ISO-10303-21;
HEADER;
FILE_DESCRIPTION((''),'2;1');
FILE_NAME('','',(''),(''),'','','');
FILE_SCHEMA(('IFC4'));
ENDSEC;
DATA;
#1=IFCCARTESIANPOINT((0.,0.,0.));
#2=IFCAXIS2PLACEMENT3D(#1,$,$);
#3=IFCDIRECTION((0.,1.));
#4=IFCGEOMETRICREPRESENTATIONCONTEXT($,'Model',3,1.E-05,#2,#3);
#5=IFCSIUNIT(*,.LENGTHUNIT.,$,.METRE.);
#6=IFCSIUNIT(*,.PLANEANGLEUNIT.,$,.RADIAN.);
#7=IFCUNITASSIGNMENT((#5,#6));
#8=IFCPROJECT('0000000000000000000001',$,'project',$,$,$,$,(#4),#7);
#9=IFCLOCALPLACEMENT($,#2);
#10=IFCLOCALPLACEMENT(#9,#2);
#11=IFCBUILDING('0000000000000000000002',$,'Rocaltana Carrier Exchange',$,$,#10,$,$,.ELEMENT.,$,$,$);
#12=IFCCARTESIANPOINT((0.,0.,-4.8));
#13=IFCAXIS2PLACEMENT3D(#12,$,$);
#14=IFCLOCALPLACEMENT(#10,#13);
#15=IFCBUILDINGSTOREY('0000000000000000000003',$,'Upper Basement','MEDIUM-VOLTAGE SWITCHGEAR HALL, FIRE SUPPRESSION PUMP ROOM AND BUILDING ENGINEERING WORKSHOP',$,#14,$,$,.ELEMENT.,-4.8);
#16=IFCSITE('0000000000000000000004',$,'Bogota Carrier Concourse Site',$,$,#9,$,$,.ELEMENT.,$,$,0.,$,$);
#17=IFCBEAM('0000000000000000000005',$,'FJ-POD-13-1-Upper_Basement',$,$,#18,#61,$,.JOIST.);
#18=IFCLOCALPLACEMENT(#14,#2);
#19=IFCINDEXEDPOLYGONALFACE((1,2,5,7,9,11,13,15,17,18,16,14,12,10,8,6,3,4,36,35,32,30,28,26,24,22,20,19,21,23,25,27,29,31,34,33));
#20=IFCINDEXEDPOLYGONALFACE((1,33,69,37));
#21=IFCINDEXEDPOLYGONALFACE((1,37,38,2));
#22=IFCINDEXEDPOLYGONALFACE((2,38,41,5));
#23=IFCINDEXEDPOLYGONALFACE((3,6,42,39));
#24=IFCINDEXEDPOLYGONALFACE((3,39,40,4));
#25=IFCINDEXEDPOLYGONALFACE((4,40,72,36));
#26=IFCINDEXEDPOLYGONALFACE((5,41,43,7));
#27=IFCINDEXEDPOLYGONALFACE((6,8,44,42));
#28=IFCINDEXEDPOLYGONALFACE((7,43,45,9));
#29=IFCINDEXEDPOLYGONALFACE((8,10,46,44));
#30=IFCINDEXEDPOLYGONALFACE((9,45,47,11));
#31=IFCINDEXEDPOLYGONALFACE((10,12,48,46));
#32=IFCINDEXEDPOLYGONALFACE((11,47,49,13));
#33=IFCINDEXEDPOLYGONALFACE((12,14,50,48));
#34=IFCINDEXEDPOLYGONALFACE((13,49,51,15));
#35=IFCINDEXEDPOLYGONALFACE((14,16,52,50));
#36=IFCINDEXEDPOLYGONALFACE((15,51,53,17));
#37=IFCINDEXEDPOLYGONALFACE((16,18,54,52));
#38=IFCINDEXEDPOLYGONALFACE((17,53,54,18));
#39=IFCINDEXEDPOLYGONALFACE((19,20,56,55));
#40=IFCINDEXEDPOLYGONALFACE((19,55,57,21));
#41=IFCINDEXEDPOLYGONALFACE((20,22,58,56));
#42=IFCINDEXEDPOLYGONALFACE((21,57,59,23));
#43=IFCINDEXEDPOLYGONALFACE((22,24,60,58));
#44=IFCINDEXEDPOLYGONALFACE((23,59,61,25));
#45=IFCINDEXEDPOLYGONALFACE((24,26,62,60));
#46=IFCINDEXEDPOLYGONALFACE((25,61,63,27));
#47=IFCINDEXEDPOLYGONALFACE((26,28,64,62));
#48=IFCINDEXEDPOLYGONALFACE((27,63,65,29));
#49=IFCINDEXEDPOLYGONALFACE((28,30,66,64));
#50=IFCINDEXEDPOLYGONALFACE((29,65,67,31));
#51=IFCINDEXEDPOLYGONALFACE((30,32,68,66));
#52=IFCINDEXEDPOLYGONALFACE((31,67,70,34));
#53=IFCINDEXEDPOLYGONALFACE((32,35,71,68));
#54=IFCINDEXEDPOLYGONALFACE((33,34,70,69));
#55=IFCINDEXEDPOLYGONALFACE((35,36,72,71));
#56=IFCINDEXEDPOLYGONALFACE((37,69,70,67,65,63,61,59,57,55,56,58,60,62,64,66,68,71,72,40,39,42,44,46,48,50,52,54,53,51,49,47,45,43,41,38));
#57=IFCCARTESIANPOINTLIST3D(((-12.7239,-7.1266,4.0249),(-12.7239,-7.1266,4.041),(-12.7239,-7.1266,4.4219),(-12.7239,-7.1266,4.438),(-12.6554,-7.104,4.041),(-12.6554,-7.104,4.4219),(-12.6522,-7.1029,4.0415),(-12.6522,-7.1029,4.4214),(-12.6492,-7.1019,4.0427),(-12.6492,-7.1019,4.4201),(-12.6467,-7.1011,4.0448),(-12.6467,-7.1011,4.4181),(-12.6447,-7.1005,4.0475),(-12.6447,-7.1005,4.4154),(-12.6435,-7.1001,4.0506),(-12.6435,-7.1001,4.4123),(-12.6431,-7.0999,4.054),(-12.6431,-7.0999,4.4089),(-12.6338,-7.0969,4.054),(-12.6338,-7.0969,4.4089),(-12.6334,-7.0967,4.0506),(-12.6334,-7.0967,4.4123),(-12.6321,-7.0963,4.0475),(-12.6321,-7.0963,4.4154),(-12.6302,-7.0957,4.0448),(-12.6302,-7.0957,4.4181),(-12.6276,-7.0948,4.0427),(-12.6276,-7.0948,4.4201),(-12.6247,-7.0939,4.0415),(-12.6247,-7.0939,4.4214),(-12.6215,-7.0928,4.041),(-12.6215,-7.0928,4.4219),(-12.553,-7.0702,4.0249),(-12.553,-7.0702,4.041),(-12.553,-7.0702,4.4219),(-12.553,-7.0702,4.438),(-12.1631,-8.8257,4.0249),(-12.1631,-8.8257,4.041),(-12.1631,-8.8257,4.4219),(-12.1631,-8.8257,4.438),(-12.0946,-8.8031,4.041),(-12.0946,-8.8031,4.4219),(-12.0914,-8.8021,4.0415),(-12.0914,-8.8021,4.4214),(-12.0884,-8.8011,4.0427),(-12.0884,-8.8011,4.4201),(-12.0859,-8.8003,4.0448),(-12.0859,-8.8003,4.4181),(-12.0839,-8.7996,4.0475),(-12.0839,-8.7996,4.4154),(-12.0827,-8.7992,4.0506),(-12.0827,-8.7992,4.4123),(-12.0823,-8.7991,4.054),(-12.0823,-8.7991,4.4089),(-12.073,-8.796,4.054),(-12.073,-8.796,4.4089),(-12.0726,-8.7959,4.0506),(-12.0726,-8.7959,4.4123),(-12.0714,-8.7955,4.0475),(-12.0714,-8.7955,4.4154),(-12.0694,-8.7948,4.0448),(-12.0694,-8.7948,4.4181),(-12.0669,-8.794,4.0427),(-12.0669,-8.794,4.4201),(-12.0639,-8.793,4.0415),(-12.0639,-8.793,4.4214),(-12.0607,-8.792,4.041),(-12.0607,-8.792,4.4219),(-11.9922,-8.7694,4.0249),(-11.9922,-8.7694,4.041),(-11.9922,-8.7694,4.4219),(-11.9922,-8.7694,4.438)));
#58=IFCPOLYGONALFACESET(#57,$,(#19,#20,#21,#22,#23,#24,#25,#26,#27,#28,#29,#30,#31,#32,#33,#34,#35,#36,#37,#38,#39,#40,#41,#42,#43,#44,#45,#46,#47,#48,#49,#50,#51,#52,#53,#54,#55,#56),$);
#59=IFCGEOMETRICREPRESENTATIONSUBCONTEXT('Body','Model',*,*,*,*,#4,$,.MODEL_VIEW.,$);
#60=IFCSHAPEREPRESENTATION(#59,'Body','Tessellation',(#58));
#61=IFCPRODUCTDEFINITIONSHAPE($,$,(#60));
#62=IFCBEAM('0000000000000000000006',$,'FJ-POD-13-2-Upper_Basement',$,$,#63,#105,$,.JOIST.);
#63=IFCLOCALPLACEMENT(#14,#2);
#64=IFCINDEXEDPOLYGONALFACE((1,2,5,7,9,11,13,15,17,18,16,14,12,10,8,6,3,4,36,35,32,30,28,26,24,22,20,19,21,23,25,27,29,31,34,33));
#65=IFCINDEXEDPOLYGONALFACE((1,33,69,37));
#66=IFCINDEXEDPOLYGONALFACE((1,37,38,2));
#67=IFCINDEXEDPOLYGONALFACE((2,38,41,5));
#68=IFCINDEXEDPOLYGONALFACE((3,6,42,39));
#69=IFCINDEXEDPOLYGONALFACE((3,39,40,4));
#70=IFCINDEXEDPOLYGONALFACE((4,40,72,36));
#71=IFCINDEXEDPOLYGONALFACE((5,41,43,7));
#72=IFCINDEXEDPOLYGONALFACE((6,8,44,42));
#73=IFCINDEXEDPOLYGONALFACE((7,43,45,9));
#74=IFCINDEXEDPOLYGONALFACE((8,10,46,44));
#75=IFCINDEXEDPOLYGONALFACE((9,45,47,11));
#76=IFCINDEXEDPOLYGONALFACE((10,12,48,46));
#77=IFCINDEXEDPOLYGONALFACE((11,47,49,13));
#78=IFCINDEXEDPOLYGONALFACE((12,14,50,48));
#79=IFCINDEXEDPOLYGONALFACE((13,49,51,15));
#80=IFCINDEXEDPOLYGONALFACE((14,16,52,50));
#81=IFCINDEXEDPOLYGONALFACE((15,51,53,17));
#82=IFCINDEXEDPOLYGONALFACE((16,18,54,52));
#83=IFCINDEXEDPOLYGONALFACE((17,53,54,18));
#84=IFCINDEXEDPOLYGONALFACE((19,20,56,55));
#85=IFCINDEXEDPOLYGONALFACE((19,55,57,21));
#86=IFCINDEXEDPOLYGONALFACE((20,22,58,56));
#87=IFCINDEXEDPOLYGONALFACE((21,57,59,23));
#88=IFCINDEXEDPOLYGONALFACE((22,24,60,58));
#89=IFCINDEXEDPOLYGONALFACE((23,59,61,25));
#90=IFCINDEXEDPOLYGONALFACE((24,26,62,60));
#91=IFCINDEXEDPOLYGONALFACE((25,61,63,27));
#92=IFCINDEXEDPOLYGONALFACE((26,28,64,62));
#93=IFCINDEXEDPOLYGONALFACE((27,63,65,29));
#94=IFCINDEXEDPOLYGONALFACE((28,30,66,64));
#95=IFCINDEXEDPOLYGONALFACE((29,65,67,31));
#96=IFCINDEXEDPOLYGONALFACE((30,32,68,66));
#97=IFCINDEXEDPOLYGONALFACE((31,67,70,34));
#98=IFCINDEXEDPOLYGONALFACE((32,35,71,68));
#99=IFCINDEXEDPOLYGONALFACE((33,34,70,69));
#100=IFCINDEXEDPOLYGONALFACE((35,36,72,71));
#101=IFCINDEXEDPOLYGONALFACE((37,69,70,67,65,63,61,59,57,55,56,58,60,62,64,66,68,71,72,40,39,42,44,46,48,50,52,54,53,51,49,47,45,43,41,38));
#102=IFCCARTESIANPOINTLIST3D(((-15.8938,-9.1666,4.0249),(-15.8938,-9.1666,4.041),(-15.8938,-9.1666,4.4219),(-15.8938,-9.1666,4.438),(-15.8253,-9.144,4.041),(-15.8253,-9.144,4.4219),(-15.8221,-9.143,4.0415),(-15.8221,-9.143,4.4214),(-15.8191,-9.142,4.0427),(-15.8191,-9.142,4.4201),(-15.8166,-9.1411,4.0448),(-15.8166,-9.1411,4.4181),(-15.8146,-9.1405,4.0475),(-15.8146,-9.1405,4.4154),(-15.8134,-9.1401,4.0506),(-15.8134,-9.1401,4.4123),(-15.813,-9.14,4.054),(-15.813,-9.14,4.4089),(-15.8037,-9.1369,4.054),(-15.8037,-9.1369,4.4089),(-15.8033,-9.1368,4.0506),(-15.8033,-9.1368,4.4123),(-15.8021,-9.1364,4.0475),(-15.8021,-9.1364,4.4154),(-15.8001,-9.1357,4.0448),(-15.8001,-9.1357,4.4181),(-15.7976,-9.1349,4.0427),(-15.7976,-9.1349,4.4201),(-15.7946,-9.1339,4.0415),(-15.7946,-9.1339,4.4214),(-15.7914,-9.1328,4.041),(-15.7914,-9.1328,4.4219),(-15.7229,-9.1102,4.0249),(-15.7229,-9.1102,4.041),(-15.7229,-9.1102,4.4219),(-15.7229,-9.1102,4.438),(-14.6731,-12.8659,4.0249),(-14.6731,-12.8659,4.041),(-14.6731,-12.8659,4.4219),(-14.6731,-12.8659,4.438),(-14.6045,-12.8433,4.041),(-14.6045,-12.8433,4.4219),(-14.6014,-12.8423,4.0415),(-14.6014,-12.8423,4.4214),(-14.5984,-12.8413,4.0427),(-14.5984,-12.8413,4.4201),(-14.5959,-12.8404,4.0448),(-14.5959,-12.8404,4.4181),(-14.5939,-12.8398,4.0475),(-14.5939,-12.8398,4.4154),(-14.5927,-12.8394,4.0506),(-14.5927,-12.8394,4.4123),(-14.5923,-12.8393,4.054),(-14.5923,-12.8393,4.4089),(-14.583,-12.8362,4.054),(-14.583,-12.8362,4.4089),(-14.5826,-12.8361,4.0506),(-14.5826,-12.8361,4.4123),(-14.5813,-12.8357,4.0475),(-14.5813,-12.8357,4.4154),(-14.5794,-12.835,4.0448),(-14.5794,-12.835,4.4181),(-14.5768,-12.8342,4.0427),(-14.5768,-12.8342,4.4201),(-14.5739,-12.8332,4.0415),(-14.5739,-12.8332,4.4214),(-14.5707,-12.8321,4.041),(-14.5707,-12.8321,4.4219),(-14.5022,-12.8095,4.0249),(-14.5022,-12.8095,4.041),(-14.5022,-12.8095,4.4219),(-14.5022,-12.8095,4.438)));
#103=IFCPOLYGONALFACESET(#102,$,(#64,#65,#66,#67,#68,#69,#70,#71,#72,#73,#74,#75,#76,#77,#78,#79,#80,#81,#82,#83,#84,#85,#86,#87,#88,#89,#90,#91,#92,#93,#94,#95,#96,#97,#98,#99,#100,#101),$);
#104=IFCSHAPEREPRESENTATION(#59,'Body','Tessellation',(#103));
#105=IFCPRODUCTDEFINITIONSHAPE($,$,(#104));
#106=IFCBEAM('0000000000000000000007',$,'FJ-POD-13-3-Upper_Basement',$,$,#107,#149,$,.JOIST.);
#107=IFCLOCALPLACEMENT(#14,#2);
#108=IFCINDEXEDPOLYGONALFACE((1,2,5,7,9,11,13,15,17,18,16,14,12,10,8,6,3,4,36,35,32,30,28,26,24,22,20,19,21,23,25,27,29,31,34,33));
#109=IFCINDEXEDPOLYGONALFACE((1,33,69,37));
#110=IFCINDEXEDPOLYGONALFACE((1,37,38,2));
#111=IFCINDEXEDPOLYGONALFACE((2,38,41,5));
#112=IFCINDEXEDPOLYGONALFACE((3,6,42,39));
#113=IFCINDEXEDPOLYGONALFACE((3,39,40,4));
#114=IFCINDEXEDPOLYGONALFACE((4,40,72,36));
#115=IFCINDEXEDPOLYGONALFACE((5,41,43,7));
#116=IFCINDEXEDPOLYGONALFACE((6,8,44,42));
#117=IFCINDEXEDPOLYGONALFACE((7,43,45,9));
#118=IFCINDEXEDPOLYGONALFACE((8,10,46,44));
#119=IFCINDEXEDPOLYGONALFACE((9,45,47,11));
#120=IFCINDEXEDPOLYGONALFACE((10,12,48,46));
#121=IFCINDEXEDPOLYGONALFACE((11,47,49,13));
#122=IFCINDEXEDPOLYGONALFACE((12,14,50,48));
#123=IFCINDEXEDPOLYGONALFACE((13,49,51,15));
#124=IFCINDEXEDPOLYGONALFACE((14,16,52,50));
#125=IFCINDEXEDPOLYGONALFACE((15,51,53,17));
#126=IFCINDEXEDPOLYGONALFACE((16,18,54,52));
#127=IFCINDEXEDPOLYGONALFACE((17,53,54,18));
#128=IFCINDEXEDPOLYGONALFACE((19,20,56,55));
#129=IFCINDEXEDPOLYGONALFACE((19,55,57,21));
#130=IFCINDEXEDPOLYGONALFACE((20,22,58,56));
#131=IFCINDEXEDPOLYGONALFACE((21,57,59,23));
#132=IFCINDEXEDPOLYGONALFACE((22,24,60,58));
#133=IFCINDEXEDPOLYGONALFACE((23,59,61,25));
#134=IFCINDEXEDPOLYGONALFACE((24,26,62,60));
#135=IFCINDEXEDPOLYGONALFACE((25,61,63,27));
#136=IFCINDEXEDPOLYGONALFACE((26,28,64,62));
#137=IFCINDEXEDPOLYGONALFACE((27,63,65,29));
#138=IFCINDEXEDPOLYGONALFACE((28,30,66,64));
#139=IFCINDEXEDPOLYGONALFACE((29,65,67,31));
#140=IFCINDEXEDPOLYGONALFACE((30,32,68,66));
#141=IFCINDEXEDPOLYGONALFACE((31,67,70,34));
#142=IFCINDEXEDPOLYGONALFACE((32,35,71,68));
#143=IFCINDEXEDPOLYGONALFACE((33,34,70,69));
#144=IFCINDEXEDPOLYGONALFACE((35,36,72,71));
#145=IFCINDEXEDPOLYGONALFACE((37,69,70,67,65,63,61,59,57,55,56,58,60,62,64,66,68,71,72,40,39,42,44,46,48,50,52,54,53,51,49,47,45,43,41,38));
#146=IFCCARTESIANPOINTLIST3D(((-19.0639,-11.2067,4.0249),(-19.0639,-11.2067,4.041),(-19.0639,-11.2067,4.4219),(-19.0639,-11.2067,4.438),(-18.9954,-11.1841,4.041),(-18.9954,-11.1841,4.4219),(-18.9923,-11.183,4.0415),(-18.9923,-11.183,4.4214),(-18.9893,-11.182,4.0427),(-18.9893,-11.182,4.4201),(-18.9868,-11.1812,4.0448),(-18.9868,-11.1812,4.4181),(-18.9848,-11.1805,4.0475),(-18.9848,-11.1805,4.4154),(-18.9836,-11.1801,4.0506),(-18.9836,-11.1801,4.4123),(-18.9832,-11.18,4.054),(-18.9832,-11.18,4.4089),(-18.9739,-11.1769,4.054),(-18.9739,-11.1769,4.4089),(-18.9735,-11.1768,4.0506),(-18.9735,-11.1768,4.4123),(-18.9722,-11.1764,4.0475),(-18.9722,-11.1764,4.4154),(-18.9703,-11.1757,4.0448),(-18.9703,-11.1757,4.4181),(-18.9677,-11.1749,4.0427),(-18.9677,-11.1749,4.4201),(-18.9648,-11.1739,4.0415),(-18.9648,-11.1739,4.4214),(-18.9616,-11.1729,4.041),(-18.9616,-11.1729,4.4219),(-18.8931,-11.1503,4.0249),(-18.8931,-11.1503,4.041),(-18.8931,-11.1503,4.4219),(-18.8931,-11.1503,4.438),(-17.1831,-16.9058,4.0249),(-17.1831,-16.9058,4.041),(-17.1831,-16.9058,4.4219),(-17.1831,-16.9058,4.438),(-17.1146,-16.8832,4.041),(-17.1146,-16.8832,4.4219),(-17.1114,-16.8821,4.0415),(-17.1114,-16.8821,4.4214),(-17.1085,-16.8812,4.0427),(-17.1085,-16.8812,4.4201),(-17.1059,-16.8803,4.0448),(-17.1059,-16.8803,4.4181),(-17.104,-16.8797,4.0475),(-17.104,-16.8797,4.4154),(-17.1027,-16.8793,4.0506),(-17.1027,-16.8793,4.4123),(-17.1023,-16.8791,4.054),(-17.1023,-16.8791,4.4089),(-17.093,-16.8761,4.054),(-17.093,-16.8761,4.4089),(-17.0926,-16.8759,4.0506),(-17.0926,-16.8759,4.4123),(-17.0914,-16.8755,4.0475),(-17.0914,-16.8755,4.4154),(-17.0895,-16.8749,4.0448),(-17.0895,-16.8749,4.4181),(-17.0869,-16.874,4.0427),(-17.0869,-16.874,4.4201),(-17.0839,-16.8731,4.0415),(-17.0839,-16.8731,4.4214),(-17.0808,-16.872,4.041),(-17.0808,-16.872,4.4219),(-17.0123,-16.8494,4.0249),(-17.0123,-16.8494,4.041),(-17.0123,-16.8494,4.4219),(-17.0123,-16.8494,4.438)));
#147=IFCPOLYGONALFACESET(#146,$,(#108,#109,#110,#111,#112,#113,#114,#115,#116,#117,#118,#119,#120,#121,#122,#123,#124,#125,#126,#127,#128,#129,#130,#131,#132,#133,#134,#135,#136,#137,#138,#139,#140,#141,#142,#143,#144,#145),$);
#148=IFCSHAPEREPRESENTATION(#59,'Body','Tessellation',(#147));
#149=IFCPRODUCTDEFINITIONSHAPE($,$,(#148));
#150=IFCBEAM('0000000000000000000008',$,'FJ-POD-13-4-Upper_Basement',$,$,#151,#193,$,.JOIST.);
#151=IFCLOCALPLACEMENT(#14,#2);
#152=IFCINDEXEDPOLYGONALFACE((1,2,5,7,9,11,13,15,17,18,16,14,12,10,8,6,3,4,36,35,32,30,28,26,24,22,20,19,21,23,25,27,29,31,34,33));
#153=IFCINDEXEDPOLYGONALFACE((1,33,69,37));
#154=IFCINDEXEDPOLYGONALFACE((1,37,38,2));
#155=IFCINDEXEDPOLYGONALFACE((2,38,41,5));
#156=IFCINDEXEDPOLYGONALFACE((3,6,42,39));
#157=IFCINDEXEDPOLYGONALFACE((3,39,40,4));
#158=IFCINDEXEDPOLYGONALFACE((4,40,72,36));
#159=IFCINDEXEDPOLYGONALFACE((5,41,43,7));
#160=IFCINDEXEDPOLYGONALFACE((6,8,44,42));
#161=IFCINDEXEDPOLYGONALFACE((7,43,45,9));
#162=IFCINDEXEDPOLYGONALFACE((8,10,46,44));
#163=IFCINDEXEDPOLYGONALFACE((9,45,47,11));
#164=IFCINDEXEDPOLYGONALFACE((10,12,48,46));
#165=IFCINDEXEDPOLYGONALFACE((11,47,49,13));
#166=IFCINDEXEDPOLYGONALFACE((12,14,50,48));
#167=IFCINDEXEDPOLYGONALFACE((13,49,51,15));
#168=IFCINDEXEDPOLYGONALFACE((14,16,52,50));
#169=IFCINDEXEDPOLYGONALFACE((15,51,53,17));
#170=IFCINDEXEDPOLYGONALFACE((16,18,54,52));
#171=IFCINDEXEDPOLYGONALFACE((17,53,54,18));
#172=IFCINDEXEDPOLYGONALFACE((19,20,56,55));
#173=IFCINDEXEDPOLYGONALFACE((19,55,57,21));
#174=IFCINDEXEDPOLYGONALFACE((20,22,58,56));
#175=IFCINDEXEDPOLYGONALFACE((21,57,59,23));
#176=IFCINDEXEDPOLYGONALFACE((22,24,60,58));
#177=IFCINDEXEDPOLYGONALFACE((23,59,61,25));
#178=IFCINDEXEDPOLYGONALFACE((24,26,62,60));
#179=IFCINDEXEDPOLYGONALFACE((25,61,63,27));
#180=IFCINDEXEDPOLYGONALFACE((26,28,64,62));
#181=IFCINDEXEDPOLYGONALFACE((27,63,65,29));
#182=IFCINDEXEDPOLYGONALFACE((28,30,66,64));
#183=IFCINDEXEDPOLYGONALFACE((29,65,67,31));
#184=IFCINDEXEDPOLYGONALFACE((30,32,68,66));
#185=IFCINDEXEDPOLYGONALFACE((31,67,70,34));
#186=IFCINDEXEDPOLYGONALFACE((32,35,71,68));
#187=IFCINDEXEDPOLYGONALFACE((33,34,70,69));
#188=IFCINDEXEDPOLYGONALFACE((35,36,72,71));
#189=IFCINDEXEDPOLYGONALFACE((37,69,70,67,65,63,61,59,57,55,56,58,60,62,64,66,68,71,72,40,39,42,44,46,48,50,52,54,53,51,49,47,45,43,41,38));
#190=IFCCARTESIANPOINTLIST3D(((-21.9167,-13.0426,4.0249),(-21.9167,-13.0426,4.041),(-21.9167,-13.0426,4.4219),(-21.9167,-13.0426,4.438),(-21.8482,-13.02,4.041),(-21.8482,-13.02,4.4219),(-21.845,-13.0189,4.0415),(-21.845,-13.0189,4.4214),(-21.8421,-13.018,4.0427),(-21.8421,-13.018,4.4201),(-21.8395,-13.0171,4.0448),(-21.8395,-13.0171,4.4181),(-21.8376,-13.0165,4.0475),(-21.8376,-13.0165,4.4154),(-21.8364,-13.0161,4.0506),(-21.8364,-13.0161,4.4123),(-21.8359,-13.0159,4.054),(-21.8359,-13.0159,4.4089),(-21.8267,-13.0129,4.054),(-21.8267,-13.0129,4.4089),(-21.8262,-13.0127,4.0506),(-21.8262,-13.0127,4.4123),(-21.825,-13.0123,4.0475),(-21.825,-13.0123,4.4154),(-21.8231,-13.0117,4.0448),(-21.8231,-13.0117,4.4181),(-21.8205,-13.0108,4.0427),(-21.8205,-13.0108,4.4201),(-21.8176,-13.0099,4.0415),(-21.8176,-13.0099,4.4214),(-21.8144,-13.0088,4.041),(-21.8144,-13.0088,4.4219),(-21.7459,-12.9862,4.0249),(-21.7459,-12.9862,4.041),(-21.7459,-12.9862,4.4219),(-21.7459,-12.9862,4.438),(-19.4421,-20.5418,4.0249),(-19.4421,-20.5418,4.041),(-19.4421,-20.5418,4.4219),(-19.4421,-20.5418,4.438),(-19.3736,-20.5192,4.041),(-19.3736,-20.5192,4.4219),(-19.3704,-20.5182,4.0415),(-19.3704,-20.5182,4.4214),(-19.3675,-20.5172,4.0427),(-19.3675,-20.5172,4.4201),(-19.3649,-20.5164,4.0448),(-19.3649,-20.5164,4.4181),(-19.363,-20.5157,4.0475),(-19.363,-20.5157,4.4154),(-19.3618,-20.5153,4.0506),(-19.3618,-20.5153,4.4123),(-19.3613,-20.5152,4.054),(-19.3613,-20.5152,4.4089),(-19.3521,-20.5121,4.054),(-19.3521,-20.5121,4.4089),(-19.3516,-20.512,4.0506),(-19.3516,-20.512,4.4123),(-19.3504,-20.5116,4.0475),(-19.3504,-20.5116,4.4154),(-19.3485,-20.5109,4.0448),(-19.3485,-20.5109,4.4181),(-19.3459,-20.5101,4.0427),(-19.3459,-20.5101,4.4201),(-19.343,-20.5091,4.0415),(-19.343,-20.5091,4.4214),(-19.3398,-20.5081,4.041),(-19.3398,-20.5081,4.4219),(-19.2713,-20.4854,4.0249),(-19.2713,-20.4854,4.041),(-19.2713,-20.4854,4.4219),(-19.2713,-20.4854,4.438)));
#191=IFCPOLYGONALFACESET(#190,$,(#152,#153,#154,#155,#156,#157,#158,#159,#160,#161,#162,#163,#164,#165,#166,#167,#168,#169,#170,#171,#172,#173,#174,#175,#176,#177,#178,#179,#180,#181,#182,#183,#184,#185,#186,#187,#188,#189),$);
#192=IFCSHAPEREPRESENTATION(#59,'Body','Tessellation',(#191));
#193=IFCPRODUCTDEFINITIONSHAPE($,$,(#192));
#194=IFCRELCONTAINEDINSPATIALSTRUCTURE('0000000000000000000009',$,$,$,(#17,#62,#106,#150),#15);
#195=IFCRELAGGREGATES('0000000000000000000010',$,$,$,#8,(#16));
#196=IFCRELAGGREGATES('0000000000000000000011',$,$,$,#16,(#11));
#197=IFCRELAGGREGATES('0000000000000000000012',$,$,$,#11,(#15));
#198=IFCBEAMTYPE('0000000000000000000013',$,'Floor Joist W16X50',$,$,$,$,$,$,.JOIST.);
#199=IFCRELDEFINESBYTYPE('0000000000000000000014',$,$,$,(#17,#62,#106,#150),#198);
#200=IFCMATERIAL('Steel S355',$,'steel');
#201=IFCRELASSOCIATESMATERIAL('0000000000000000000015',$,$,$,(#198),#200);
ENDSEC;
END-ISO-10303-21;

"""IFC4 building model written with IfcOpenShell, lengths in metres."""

from ifc_helpers import new_model, si_unit, direction, frame, origin, origin_2d, place, context, subcontext, project, spatial, i_section, extrude, material, material_profile, profile_set, type_object, element, save


model = new_model("IFC4")

# Units and contexts
model_context = context("Model", 3, precision=1e-05, world=origin(), true_north=direction((0.0, 1.0)))
body_context = subcontext(model_context, "Body", "Model", "MODEL_VIEW")
ifc_project = project(units=[si_unit("LENGTHUNIT", "METRE"), si_unit("PLANEANGLEUNIT", "RADIAN")], contexts=[model_context])

# Site, building, storey
site_placement = place(None, origin())
site = spatial("IfcSite", under=ifc_project, at=site_placement, Name="Bogota Carrier Concourse Site", CompositionType="ELEMENT", RefElevation=0.0)
building_placement = place(site_placement, origin())
building = spatial("IfcBuilding", under=site, at=building_placement, Name="Rocaltana Carrier Exchange", CompositionType="ELEMENT")
storey_placement = place(building_placement, frame((0.0, 0.0, -4.8)))
storey = spatial("IfcBuildingStorey", under=building, at=storey_placement, Name="Upper Basement", Description="MEDIUM-VOLTAGE SWITCHGEAR HALL, FIRE SUPPRESSION PUMP ROOM AND BUILDING ENGINEERING WORKSHOP", CompositionType="ELEMENT", Elevation=-4.8)

# Beams
ifc_material_1 = material(Name="Steel S355", Category="steel")
ifc_material_profile_1 = material_profile(ifc_material_1, i_section(OverallWidth=0.1799, OverallDepth=0.4131, WebThickness=0.0098, FlangeThickness=0.0161, FilletRadius=0.0129, at=origin_2d()), Name="W16X50")
ifc_profile_set_1 = profile_set([ifc_material_profile_1], Name="Steel S355")
beam_type_1 = type_object("IfcBeamType", Name="Floor Joist W16X50", PredefinedType="JOIST", material=ifc_profile_set_1)
beam_1_placement = place(storey_placement, frame((-12.6384, -7.0984, 4.2314), z_axis=(0.313402, -0.949621, 0.0), x_axis=(0.949621, 0.313402, 0.0)))
element("IfcBeam", 1, at=beam_1_placement, inside=storey, type_object=beam_type_1, Name="FJ-POD-13-1-Upper_Basement", PredefinedType="JOIST", context=body_context, shape_type="SweptSolid", body=[
    extrude(i_section(OverallWidth=0.1799, OverallDepth=0.4131, WebThickness=0.0098, FlangeThickness=0.0161, FilletRadius=0.0129, at=origin_2d()), origin(), (0.0, 0.0, 1.0), 1.7893),
])
beam_2_placement = place(storey_placement, frame((-15.8083, -9.1384, 4.2314), z_axis=(0.313368, -0.949632, 0.0), x_axis=(0.949632, 0.313368, 0.0)))
element("IfcBeam", 2, at=beam_2_placement, inside=storey, type_object=beam_type_1, Name="FJ-POD-13-2-Upper_Basement", PredefinedType="JOIST", context=body_context, shape_type="SweptSolid", body=[
    extrude(i_section(OverallWidth=0.1799, OverallDepth=0.4131, WebThickness=0.0098, FlangeThickness=0.0161, FilletRadius=0.0129, at=origin_2d()), origin(), (0.0, 0.0, 1.0), 3.8955),
])
beam_3_placement = place(storey_placement, frame((-18.9785, -11.1785, 4.2314), z_axis=(0.313395, -0.949623, 0.0), x_axis=(0.949623, 0.313395, 0.0)))
element("IfcBeam", 3, at=beam_3_placement, inside=storey, type_object=beam_type_1, Name="FJ-POD-13-3-Upper_Basement", PredefinedType="JOIST", context=body_context, shape_type="SweptSolid", body=[
    extrude(i_section(OverallWidth=0.1799, OverallDepth=0.4131, WebThickness=0.0098, FlangeThickness=0.0161, FilletRadius=0.0129, at=origin_2d()), origin(), (0.0, 0.0, 1.0), 6.0015),
])
beam_4_placement = place(storey_placement, frame((-21.8313, -13.0144, 4.2314), z_axis=(0.31336, -0.949634, 0.0), x_axis=(0.949634, 0.31336, 0.0)))
element("IfcBeam", 4, at=beam_4_placement, inside=storey, type_object=beam_type_1, Name="FJ-POD-13-4-Upper_Basement", PredefinedType="JOIST", context=body_context, shape_type="SweptSolid", body=[
    extrude(i_section(OverallWidth=0.1799, OverallDepth=0.4131, WebThickness=0.0098, FlangeThickness=0.0161, FilletRadius=0.0129, at=origin_2d()), origin(), (0.0, 0.0, 1.0), 7.897),
])

save(model, "model.ifc")
